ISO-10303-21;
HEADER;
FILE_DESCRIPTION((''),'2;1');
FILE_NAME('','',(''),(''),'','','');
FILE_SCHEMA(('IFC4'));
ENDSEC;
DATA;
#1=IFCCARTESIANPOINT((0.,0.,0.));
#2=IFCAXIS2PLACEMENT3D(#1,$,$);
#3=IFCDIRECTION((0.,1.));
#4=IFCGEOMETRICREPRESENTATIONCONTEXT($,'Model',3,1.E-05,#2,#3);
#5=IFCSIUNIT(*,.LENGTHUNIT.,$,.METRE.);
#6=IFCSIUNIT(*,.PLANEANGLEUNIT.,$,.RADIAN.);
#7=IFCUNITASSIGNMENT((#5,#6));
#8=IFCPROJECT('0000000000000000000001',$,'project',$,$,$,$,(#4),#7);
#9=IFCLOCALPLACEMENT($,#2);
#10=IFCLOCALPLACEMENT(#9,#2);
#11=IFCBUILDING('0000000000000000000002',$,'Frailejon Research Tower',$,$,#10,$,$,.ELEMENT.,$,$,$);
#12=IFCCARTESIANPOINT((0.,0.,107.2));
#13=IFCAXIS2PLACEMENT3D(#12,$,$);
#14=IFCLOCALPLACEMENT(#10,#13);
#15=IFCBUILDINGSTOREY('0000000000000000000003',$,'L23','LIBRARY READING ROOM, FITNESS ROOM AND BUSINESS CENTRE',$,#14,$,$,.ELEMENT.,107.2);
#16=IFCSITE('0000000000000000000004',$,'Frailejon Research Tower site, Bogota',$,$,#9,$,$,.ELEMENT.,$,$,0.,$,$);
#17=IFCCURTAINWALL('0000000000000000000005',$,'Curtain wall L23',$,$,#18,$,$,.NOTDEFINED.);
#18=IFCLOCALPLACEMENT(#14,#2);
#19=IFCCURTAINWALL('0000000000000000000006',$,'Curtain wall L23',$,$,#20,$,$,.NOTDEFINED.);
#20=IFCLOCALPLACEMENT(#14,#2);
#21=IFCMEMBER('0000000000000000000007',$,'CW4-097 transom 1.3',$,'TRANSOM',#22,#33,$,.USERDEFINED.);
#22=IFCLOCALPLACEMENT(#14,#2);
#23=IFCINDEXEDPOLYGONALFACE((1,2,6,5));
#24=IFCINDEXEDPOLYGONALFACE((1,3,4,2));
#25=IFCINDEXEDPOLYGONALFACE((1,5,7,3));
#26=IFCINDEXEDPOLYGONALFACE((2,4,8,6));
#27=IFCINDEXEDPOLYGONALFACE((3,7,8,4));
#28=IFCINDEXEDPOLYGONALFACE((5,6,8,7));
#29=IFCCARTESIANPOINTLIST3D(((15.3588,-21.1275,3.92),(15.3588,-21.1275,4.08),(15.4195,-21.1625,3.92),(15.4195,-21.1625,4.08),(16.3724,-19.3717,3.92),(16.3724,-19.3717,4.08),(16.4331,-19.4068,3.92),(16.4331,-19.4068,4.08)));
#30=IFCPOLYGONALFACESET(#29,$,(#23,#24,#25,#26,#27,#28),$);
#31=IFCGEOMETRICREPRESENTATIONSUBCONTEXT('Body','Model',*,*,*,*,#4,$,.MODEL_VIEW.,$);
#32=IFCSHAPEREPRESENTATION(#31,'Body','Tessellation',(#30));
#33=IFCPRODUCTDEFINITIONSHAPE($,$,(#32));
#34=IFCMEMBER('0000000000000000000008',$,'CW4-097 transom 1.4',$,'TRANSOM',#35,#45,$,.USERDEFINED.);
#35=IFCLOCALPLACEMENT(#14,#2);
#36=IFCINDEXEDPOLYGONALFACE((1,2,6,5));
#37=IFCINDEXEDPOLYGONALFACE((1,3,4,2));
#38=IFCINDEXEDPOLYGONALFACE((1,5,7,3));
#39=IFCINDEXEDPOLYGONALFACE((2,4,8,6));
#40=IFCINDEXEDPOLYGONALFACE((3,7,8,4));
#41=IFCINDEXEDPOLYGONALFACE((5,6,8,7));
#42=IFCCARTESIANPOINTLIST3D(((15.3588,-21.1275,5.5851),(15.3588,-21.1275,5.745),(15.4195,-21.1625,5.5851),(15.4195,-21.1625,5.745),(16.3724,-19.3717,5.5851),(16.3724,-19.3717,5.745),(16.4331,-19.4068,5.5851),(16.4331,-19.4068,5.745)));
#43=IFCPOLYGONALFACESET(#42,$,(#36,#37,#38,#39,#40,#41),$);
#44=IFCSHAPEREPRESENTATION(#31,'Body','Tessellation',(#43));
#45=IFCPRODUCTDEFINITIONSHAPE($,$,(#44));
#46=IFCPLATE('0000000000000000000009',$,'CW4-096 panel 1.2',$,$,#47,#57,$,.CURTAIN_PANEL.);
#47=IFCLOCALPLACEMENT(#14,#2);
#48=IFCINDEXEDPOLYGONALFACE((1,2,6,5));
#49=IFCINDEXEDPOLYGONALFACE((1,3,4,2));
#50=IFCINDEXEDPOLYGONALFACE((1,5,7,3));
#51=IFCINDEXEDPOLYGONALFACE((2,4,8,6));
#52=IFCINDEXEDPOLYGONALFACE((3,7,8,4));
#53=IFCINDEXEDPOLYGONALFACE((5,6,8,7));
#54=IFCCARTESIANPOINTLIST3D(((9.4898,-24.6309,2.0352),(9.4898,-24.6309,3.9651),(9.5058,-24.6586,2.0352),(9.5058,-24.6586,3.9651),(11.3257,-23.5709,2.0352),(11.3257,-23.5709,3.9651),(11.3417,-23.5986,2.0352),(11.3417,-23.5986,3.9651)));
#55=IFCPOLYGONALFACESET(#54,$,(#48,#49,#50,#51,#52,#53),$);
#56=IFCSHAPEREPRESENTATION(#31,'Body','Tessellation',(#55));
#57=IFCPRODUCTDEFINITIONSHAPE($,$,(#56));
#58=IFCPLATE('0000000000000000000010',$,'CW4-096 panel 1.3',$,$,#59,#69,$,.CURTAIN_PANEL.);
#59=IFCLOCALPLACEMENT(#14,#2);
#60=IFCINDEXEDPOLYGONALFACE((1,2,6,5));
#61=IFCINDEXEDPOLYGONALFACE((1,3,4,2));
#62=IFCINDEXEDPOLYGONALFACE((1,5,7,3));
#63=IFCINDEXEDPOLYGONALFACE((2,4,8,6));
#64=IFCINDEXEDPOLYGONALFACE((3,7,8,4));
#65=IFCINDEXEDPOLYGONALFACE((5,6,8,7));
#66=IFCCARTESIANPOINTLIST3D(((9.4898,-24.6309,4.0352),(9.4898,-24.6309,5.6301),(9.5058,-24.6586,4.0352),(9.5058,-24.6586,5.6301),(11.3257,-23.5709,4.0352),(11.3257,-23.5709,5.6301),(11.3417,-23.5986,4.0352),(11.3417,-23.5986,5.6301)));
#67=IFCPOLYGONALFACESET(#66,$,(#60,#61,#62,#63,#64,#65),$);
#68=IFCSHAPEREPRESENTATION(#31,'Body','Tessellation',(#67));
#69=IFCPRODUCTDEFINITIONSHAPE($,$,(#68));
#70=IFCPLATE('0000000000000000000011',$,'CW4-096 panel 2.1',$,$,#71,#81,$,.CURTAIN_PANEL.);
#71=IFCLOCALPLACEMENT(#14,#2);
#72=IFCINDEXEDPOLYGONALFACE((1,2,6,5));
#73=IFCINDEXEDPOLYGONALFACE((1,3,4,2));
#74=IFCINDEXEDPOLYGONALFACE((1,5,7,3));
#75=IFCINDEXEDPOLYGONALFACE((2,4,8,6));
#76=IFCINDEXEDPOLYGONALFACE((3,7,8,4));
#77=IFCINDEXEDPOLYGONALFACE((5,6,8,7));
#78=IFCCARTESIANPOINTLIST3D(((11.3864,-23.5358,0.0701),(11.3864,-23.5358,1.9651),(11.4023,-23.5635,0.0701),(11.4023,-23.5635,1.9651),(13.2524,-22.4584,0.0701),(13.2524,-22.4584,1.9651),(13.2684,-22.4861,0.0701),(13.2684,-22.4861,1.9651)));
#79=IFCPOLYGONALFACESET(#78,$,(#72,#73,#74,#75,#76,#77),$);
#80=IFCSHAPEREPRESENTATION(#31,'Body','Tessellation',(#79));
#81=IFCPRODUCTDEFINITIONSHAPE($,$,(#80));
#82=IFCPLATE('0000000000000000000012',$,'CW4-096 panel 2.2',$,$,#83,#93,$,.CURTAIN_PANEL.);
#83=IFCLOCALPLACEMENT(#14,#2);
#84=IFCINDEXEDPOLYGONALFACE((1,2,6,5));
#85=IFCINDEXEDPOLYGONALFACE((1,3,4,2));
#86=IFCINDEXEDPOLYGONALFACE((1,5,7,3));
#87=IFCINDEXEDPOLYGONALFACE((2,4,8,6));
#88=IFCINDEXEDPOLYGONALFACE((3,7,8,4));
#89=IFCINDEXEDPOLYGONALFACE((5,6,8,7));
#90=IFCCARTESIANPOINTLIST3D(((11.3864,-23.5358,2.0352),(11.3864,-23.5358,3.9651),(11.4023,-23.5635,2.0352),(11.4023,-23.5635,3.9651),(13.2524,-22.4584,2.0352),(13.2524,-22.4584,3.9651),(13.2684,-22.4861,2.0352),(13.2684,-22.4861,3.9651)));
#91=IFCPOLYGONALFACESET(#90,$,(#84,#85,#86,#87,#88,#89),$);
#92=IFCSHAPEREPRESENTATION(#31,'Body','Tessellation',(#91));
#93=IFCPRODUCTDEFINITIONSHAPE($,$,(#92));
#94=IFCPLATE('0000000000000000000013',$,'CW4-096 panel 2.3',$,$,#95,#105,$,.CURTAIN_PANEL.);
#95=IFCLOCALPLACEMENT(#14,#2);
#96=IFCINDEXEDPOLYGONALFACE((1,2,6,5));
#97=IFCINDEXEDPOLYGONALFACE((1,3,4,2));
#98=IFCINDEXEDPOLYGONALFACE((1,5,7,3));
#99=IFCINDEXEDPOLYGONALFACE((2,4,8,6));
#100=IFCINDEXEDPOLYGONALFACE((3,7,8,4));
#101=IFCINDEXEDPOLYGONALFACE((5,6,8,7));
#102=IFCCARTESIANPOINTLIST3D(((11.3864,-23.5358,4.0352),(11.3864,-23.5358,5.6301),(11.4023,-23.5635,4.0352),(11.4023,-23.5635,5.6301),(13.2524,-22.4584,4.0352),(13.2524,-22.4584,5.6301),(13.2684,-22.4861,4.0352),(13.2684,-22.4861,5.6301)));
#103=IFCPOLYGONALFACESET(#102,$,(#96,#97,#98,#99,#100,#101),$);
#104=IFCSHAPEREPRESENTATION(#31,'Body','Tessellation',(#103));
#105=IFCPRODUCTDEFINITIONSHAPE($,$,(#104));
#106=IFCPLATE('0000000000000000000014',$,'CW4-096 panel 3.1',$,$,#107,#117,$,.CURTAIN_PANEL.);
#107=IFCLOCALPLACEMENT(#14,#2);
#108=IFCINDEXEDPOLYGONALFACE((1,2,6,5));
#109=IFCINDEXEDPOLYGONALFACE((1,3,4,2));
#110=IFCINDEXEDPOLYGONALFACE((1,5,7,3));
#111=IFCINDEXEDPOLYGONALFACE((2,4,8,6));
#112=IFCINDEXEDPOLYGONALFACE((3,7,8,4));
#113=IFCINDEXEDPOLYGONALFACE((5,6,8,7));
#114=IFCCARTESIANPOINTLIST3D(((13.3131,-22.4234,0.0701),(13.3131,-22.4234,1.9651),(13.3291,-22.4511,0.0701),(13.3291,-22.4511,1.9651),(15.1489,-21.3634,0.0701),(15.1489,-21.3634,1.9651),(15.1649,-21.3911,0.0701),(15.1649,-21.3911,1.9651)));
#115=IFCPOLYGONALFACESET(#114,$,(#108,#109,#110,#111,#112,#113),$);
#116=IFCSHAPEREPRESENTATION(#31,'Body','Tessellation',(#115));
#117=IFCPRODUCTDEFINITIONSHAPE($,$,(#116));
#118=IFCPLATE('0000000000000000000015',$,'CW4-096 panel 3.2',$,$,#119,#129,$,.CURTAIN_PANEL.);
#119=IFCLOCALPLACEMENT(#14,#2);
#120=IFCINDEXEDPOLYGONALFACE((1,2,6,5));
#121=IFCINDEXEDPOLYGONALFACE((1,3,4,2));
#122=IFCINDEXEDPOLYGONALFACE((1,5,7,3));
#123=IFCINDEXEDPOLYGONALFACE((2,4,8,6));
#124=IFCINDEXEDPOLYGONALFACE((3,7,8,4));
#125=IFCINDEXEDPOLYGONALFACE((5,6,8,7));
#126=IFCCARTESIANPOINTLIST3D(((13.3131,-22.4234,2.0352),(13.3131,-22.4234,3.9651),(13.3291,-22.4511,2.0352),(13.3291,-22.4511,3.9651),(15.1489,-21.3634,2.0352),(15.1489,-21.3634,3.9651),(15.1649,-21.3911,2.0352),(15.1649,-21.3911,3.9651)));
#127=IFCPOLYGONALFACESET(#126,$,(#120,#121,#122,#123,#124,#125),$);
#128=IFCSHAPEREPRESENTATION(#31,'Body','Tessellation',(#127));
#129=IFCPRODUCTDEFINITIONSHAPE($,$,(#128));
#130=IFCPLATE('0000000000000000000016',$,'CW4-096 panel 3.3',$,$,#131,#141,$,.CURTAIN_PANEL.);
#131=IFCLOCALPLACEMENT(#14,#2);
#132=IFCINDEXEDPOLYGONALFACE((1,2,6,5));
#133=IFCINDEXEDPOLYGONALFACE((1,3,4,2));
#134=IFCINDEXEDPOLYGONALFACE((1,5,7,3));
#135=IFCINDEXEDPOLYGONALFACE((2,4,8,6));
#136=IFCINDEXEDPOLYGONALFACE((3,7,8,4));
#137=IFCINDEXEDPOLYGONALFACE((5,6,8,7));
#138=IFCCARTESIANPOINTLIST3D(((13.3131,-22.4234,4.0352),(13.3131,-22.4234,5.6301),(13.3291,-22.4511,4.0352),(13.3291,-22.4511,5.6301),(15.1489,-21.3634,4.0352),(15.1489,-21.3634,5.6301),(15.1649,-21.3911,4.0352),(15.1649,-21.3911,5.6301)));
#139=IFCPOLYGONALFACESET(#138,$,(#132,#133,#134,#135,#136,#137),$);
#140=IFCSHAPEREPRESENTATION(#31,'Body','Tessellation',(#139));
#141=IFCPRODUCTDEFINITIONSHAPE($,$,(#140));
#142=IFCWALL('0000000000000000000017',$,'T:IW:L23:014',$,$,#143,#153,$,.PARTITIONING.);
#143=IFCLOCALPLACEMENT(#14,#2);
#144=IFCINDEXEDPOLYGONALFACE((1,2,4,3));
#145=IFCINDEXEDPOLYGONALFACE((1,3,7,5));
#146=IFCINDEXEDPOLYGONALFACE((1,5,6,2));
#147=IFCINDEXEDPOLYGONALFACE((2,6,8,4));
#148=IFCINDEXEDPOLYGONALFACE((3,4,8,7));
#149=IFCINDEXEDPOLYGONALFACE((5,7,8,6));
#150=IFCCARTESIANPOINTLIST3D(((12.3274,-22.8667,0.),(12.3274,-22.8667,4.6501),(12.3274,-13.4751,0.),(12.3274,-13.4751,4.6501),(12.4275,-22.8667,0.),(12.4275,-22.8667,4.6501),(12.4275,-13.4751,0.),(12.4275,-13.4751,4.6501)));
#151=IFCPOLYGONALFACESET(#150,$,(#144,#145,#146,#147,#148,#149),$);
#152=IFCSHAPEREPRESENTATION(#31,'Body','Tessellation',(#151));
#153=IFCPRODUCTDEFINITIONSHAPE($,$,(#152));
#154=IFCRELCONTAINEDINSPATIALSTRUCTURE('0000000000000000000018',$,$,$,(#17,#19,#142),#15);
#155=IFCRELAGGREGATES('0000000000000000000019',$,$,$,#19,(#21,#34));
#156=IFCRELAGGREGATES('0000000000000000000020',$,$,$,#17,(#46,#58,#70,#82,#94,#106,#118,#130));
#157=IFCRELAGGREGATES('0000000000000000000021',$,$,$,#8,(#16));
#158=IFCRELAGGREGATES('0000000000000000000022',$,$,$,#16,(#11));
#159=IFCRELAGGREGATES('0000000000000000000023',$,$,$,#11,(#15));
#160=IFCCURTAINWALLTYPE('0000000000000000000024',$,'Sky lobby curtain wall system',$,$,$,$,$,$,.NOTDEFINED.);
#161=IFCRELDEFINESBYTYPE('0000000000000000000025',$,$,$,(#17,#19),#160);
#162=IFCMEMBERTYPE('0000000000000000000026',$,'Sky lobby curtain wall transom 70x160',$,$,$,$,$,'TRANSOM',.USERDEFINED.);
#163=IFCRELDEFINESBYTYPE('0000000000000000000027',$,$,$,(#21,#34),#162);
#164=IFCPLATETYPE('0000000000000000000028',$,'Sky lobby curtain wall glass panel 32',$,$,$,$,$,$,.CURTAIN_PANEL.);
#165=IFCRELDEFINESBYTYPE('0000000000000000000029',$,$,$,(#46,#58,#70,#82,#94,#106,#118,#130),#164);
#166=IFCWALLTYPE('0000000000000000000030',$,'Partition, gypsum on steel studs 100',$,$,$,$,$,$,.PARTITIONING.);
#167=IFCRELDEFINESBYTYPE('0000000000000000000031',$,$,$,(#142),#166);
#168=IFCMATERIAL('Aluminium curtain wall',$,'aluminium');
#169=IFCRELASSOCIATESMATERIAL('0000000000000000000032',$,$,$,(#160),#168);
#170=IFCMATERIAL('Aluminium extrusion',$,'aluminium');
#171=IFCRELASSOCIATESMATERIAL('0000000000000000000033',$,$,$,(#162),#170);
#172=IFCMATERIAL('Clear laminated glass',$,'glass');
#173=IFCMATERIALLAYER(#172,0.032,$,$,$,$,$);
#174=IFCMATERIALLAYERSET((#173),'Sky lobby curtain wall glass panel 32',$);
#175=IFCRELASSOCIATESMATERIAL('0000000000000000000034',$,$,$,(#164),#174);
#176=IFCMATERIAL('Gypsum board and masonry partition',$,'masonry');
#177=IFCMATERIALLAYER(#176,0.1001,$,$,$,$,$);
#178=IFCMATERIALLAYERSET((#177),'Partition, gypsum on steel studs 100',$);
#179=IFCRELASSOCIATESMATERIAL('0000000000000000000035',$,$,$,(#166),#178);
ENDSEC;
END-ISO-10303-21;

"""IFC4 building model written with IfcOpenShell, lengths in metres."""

from ifc_helpers import new_model, si_unit, direction, frame, frame_2d, origin, origin_2d, place, context, subcontext, project, spatial, rectangle, extrude, material, layer, layer_set, material_profile, profile_set, type_object, element, aggregate, save


model = new_model("IFC4")

# Units and contexts
model_context = context("Model", 3, precision=1e-05, world=origin(), true_north=direction((0.0, 1.0)))
body_context = subcontext(model_context, "Body", "Model", "MODEL_VIEW")
ifc_project = project(units=[si_unit("LENGTHUNIT", "METRE"), si_unit("PLANEANGLEUNIT", "RADIAN")], contexts=[model_context])

# Site, building, storey
site_placement = place(None, origin())
site = spatial("IfcSite", under=ifc_project, at=site_placement, Name="Frailejon Research Tower site, Bogota", CompositionType="ELEMENT", RefElevation=0.0)
building_placement = place(site_placement, origin())
building = spatial("IfcBuilding", under=site, at=building_placement, Name="Frailejon Research Tower", CompositionType="ELEMENT")
storey_placement = place(building_placement, frame((0.0, 0.0, 107.2)))
storey = spatial("IfcBuildingStorey", under=building, at=storey_placement, Name="L23", Description="LIBRARY READING ROOM, FITNESS ROOM AND BUSINESS CENTRE", CompositionType="ELEMENT", Elevation=107.2)

# Curtain wall
ifc_material_1 = material(Name="Aluminium curtain wall", Category="aluminium")
curtain_wall_type = type_object("IfcCurtainWallType", Name="Sky lobby curtain wall system", PredefinedType="NOTDEFINED", material=ifc_material_1)
curtain_wall_1_placement = place(storey_placement, origin())
curtain_wall_1 = element("IfcCurtainWall", 1, at=curtain_wall_1_placement, inside=storey, type_object=curtain_wall_type, Name="Curtain wall L23", PredefinedType="NOTDEFINED")

# Curtain wall
curtain_wall_2_placement = place(storey_placement, origin())
curtain_wall_2 = element("IfcCurtainWall", 2, at=curtain_wall_2_placement, inside=storey, type_object=curtain_wall_type, Name="Curtain wall L23", PredefinedType="NOTDEFINED")

# Members
ifc_material_2 = material(Name="Aluminium extrusion", Category="aluminium")
ifc_material_profile_1 = material_profile(ifc_material_2, rectangle(XDim=0.0701, YDim=0.1599, at=origin_2d()), Name="Sky lobby curtain wall transom 70x160")
ifc_profile_set_1 = profile_set([ifc_material_profile_1], Name="Aluminium extrusion")
member_type_1 = type_object("IfcMemberType", Name="Sky lobby curtain wall transom 70x160", ElementType="TRANSOM", PredefinedType="USERDEFINED", material=ifc_profile_set_1)
member_1_placement = place(storey_placement, frame((15.3892, -21.145, 4.0), z_axis=(0.499973, 0.866041, 0.0), x_axis=(-0.866041, 0.499973, 0.0)))
member_1 = element("IfcMember", 3, at=member_1_placement, type_object=member_type_1, Name="CW4-097 transom 1.3", ObjectType="TRANSOM", PredefinedType="USERDEFINED", context=body_context, shape_type="SweptSolid", body=[
    extrude(rectangle(XDim=0.0701, YDim=0.1599, at=origin_2d()), origin(), (0.0, 0.0, 1.0), 2.0273),
])
member_2_placement = place(storey_placement, frame((15.3892, -21.145, 5.665), z_axis=(0.499973, 0.866041, 0.0), x_axis=(-0.866041, 0.499973, 0.0)))
member_2 = element("IfcMember", 4, at=member_2_placement, type_object=member_type_1, Name="CW4-097 transom 1.4", ObjectType="TRANSOM", PredefinedType="USERDEFINED", context=body_context, shape_type="SweptSolid", body=[
    extrude(rectangle(XDim=0.0701, YDim=0.1599, at=origin_2d()), origin(), (0.0, 0.0, 1.0), 2.0273),
])
aggregate(curtain_wall_2, [member_1, member_2])

# Plates
ifc_material_3 = material(Name="Clear laminated glass", Category="glass")
ifc_layer_1 = layer(ifc_material_3, 0.032)
ifc_layer_set_1 = layer_set([ifc_layer_1], Name="Sky lobby curtain wall glass panel 32")
plate_type = type_object("IfcPlateType", Name="Sky lobby curtain wall glass panel 32", PredefinedType="CURTAIN_PANEL", material=ifc_layer_set_1)
plate_1_placement = place(storey_placement, frame((10.4158, -24.1147, 2.0352), z_axis=(0.0, 0.0, 1.0), x_axis=(0.86602, 0.500009, 0.0)))
plate_1 = element("IfcPlate", 5, at=plate_1_placement, type_object=plate_type, Name="CW4-096 panel 1.2", PredefinedType="CURTAIN_PANEL", context=body_context, shape_type="SweptSolid", body=[
    extrude(rectangle(XDim=2.1199, YDim=0.032, at=origin_2d()), origin(), (0.0, 0.0, 1.0), 1.9299),
])
plate_2_placement = place(storey_placement, frame((10.4158, -24.1147, 4.0352), z_axis=(0.0, 0.0, 1.0), x_axis=(0.86602, 0.500009, 0.0)))
plate_2 = element("IfcPlate", 6, at=plate_2_placement, type_object=plate_type, Name="CW4-096 panel 1.3", PredefinedType="CURTAIN_PANEL", context=body_context, shape_type="SweptSolid", body=[
    extrude(rectangle(XDim=2.1199, YDim=0.032, at=origin_2d()), origin(), (0.0, 0.0, 1.0), 1.595),
])
plate_3_placement = place(storey_placement, frame((12.3274, -23.011, 0.0701), z_axis=(0.0, 0.0, 1.0), x_axis=(0.86602, 0.500009, 0.0)))
plate_3 = element("IfcPlate", 7, at=plate_3_placement, type_object=plate_type, Name="CW4-096 panel 2.1", PredefinedType="CURTAIN_PANEL", context=body_context, shape_type="SweptSolid", body=[
    extrude(rectangle(XDim=2.1548, YDim=0.032, at=origin_2d()), origin(), (0.0, 0.0, 1.0), 1.895),
])
plate_4_placement = place(storey_placement, frame((12.3274, -23.011, 2.0352), z_axis=(0.0, 0.0, 1.0), x_axis=(0.86602, 0.500009, 0.0)))
plate_4 = element("IfcPlate", 8, at=plate_4_placement, type_object=plate_type, Name="CW4-096 panel 2.2", PredefinedType="CURTAIN_PANEL", context=body_context, shape_type="SweptSolid", body=[
    extrude(rectangle(XDim=2.1548, YDim=0.032, at=origin_2d()), origin(), (0.0, 0.0, 1.0), 1.9299),
])
plate_5_placement = place(storey_placement, frame((12.3274, -23.011, 4.0352), z_axis=(0.0, 0.0, 1.0), x_axis=(0.86602, 0.500009, 0.0)))
plate_5 = element("IfcPlate", 9, at=plate_5_placement, type_object=plate_type, Name="CW4-096 panel 2.3", PredefinedType="CURTAIN_PANEL", context=body_context, shape_type="SweptSolid", body=[
    extrude(rectangle(XDim=2.1548, YDim=0.032, at=origin_2d()), origin(), (0.0, 0.0, 1.0), 1.595),
])
plate_6_placement = place(storey_placement, frame((14.239, -21.9072, 0.0701), z_axis=(0.0, 0.0, 1.0), x_axis=(0.86602, 0.500009, 0.0)))
plate_6 = element("IfcPlate", 10, at=plate_6_placement, type_object=plate_type, Name="CW4-096 panel 3.1", PredefinedType="CURTAIN_PANEL", context=body_context, shape_type="SweptSolid", body=[
    extrude(rectangle(XDim=2.1199, YDim=0.032, at=origin_2d()), origin(), (0.0, 0.0, 1.0), 1.895),
])
plate_7_placement = place(storey_placement, frame((14.239, -21.9072, 2.0352), z_axis=(0.0, 0.0, 1.0), x_axis=(0.86602, 0.500009, 0.0)))
plate_7 = element("IfcPlate", 11, at=plate_7_placement, type_object=plate_type, Name="CW4-096 panel 3.2", PredefinedType="CURTAIN_PANEL", context=body_context, shape_type="SweptSolid", body=[
    extrude(rectangle(XDim=2.1199, YDim=0.032, at=origin_2d()), origin(), (0.0, 0.0, 1.0), 1.9299),
])
plate_8_placement = place(storey_placement, frame((14.239, -21.9072, 4.0352), z_axis=(0.0, 0.0, 1.0), x_axis=(0.86602, 0.500009, 0.0)))
plate_8 = element("IfcPlate", 12, at=plate_8_placement, type_object=plate_type, Name="CW4-096 panel 3.3", PredefinedType="CURTAIN_PANEL", context=body_context, shape_type="SweptSolid", body=[
    extrude(rectangle(XDim=2.1199, YDim=0.032, at=origin_2d()), origin(), (0.0, 0.0, 1.0), 1.595),
])
aggregate(curtain_wall_1, [plate_1, plate_2, plate_3, plate_4, plate_5, plate_6, plate_7, plate_8])

# Wall
ifc_material_4 = material(Name="Gypsum board and masonry partition", Category="masonry")
ifc_layer_2 = layer(ifc_material_4, 0.1001)
ifc_layer_set_2 = layer_set([ifc_layer_2], Name="Partition, gypsum on steel studs 100")
wall_type = type_object("IfcWallType", Name="Partition, gypsum on steel studs 100", PredefinedType="PARTITIONING", material=ifc_layer_set_2)
wall_placement = place(storey_placement, frame((12.3774, -22.8667, 0.0), z_axis=(0.0, 0.0, 1.0), x_axis=(0.0, 1.0, 0.0)))
element("IfcWall", 13, at=wall_placement, inside=storey, type_object=wall_type, Name="T:IW:L23:014", PredefinedType="PARTITIONING", context=body_context, shape_type="SweptSolid", body=[
    extrude(rectangle(XDim=9.3916, YDim=0.1001, at=frame_2d((4.6958, 0.0))), origin(), (0.0, 0.0, 1.0), 4.6501),
])

save(model, "model.ifc")
